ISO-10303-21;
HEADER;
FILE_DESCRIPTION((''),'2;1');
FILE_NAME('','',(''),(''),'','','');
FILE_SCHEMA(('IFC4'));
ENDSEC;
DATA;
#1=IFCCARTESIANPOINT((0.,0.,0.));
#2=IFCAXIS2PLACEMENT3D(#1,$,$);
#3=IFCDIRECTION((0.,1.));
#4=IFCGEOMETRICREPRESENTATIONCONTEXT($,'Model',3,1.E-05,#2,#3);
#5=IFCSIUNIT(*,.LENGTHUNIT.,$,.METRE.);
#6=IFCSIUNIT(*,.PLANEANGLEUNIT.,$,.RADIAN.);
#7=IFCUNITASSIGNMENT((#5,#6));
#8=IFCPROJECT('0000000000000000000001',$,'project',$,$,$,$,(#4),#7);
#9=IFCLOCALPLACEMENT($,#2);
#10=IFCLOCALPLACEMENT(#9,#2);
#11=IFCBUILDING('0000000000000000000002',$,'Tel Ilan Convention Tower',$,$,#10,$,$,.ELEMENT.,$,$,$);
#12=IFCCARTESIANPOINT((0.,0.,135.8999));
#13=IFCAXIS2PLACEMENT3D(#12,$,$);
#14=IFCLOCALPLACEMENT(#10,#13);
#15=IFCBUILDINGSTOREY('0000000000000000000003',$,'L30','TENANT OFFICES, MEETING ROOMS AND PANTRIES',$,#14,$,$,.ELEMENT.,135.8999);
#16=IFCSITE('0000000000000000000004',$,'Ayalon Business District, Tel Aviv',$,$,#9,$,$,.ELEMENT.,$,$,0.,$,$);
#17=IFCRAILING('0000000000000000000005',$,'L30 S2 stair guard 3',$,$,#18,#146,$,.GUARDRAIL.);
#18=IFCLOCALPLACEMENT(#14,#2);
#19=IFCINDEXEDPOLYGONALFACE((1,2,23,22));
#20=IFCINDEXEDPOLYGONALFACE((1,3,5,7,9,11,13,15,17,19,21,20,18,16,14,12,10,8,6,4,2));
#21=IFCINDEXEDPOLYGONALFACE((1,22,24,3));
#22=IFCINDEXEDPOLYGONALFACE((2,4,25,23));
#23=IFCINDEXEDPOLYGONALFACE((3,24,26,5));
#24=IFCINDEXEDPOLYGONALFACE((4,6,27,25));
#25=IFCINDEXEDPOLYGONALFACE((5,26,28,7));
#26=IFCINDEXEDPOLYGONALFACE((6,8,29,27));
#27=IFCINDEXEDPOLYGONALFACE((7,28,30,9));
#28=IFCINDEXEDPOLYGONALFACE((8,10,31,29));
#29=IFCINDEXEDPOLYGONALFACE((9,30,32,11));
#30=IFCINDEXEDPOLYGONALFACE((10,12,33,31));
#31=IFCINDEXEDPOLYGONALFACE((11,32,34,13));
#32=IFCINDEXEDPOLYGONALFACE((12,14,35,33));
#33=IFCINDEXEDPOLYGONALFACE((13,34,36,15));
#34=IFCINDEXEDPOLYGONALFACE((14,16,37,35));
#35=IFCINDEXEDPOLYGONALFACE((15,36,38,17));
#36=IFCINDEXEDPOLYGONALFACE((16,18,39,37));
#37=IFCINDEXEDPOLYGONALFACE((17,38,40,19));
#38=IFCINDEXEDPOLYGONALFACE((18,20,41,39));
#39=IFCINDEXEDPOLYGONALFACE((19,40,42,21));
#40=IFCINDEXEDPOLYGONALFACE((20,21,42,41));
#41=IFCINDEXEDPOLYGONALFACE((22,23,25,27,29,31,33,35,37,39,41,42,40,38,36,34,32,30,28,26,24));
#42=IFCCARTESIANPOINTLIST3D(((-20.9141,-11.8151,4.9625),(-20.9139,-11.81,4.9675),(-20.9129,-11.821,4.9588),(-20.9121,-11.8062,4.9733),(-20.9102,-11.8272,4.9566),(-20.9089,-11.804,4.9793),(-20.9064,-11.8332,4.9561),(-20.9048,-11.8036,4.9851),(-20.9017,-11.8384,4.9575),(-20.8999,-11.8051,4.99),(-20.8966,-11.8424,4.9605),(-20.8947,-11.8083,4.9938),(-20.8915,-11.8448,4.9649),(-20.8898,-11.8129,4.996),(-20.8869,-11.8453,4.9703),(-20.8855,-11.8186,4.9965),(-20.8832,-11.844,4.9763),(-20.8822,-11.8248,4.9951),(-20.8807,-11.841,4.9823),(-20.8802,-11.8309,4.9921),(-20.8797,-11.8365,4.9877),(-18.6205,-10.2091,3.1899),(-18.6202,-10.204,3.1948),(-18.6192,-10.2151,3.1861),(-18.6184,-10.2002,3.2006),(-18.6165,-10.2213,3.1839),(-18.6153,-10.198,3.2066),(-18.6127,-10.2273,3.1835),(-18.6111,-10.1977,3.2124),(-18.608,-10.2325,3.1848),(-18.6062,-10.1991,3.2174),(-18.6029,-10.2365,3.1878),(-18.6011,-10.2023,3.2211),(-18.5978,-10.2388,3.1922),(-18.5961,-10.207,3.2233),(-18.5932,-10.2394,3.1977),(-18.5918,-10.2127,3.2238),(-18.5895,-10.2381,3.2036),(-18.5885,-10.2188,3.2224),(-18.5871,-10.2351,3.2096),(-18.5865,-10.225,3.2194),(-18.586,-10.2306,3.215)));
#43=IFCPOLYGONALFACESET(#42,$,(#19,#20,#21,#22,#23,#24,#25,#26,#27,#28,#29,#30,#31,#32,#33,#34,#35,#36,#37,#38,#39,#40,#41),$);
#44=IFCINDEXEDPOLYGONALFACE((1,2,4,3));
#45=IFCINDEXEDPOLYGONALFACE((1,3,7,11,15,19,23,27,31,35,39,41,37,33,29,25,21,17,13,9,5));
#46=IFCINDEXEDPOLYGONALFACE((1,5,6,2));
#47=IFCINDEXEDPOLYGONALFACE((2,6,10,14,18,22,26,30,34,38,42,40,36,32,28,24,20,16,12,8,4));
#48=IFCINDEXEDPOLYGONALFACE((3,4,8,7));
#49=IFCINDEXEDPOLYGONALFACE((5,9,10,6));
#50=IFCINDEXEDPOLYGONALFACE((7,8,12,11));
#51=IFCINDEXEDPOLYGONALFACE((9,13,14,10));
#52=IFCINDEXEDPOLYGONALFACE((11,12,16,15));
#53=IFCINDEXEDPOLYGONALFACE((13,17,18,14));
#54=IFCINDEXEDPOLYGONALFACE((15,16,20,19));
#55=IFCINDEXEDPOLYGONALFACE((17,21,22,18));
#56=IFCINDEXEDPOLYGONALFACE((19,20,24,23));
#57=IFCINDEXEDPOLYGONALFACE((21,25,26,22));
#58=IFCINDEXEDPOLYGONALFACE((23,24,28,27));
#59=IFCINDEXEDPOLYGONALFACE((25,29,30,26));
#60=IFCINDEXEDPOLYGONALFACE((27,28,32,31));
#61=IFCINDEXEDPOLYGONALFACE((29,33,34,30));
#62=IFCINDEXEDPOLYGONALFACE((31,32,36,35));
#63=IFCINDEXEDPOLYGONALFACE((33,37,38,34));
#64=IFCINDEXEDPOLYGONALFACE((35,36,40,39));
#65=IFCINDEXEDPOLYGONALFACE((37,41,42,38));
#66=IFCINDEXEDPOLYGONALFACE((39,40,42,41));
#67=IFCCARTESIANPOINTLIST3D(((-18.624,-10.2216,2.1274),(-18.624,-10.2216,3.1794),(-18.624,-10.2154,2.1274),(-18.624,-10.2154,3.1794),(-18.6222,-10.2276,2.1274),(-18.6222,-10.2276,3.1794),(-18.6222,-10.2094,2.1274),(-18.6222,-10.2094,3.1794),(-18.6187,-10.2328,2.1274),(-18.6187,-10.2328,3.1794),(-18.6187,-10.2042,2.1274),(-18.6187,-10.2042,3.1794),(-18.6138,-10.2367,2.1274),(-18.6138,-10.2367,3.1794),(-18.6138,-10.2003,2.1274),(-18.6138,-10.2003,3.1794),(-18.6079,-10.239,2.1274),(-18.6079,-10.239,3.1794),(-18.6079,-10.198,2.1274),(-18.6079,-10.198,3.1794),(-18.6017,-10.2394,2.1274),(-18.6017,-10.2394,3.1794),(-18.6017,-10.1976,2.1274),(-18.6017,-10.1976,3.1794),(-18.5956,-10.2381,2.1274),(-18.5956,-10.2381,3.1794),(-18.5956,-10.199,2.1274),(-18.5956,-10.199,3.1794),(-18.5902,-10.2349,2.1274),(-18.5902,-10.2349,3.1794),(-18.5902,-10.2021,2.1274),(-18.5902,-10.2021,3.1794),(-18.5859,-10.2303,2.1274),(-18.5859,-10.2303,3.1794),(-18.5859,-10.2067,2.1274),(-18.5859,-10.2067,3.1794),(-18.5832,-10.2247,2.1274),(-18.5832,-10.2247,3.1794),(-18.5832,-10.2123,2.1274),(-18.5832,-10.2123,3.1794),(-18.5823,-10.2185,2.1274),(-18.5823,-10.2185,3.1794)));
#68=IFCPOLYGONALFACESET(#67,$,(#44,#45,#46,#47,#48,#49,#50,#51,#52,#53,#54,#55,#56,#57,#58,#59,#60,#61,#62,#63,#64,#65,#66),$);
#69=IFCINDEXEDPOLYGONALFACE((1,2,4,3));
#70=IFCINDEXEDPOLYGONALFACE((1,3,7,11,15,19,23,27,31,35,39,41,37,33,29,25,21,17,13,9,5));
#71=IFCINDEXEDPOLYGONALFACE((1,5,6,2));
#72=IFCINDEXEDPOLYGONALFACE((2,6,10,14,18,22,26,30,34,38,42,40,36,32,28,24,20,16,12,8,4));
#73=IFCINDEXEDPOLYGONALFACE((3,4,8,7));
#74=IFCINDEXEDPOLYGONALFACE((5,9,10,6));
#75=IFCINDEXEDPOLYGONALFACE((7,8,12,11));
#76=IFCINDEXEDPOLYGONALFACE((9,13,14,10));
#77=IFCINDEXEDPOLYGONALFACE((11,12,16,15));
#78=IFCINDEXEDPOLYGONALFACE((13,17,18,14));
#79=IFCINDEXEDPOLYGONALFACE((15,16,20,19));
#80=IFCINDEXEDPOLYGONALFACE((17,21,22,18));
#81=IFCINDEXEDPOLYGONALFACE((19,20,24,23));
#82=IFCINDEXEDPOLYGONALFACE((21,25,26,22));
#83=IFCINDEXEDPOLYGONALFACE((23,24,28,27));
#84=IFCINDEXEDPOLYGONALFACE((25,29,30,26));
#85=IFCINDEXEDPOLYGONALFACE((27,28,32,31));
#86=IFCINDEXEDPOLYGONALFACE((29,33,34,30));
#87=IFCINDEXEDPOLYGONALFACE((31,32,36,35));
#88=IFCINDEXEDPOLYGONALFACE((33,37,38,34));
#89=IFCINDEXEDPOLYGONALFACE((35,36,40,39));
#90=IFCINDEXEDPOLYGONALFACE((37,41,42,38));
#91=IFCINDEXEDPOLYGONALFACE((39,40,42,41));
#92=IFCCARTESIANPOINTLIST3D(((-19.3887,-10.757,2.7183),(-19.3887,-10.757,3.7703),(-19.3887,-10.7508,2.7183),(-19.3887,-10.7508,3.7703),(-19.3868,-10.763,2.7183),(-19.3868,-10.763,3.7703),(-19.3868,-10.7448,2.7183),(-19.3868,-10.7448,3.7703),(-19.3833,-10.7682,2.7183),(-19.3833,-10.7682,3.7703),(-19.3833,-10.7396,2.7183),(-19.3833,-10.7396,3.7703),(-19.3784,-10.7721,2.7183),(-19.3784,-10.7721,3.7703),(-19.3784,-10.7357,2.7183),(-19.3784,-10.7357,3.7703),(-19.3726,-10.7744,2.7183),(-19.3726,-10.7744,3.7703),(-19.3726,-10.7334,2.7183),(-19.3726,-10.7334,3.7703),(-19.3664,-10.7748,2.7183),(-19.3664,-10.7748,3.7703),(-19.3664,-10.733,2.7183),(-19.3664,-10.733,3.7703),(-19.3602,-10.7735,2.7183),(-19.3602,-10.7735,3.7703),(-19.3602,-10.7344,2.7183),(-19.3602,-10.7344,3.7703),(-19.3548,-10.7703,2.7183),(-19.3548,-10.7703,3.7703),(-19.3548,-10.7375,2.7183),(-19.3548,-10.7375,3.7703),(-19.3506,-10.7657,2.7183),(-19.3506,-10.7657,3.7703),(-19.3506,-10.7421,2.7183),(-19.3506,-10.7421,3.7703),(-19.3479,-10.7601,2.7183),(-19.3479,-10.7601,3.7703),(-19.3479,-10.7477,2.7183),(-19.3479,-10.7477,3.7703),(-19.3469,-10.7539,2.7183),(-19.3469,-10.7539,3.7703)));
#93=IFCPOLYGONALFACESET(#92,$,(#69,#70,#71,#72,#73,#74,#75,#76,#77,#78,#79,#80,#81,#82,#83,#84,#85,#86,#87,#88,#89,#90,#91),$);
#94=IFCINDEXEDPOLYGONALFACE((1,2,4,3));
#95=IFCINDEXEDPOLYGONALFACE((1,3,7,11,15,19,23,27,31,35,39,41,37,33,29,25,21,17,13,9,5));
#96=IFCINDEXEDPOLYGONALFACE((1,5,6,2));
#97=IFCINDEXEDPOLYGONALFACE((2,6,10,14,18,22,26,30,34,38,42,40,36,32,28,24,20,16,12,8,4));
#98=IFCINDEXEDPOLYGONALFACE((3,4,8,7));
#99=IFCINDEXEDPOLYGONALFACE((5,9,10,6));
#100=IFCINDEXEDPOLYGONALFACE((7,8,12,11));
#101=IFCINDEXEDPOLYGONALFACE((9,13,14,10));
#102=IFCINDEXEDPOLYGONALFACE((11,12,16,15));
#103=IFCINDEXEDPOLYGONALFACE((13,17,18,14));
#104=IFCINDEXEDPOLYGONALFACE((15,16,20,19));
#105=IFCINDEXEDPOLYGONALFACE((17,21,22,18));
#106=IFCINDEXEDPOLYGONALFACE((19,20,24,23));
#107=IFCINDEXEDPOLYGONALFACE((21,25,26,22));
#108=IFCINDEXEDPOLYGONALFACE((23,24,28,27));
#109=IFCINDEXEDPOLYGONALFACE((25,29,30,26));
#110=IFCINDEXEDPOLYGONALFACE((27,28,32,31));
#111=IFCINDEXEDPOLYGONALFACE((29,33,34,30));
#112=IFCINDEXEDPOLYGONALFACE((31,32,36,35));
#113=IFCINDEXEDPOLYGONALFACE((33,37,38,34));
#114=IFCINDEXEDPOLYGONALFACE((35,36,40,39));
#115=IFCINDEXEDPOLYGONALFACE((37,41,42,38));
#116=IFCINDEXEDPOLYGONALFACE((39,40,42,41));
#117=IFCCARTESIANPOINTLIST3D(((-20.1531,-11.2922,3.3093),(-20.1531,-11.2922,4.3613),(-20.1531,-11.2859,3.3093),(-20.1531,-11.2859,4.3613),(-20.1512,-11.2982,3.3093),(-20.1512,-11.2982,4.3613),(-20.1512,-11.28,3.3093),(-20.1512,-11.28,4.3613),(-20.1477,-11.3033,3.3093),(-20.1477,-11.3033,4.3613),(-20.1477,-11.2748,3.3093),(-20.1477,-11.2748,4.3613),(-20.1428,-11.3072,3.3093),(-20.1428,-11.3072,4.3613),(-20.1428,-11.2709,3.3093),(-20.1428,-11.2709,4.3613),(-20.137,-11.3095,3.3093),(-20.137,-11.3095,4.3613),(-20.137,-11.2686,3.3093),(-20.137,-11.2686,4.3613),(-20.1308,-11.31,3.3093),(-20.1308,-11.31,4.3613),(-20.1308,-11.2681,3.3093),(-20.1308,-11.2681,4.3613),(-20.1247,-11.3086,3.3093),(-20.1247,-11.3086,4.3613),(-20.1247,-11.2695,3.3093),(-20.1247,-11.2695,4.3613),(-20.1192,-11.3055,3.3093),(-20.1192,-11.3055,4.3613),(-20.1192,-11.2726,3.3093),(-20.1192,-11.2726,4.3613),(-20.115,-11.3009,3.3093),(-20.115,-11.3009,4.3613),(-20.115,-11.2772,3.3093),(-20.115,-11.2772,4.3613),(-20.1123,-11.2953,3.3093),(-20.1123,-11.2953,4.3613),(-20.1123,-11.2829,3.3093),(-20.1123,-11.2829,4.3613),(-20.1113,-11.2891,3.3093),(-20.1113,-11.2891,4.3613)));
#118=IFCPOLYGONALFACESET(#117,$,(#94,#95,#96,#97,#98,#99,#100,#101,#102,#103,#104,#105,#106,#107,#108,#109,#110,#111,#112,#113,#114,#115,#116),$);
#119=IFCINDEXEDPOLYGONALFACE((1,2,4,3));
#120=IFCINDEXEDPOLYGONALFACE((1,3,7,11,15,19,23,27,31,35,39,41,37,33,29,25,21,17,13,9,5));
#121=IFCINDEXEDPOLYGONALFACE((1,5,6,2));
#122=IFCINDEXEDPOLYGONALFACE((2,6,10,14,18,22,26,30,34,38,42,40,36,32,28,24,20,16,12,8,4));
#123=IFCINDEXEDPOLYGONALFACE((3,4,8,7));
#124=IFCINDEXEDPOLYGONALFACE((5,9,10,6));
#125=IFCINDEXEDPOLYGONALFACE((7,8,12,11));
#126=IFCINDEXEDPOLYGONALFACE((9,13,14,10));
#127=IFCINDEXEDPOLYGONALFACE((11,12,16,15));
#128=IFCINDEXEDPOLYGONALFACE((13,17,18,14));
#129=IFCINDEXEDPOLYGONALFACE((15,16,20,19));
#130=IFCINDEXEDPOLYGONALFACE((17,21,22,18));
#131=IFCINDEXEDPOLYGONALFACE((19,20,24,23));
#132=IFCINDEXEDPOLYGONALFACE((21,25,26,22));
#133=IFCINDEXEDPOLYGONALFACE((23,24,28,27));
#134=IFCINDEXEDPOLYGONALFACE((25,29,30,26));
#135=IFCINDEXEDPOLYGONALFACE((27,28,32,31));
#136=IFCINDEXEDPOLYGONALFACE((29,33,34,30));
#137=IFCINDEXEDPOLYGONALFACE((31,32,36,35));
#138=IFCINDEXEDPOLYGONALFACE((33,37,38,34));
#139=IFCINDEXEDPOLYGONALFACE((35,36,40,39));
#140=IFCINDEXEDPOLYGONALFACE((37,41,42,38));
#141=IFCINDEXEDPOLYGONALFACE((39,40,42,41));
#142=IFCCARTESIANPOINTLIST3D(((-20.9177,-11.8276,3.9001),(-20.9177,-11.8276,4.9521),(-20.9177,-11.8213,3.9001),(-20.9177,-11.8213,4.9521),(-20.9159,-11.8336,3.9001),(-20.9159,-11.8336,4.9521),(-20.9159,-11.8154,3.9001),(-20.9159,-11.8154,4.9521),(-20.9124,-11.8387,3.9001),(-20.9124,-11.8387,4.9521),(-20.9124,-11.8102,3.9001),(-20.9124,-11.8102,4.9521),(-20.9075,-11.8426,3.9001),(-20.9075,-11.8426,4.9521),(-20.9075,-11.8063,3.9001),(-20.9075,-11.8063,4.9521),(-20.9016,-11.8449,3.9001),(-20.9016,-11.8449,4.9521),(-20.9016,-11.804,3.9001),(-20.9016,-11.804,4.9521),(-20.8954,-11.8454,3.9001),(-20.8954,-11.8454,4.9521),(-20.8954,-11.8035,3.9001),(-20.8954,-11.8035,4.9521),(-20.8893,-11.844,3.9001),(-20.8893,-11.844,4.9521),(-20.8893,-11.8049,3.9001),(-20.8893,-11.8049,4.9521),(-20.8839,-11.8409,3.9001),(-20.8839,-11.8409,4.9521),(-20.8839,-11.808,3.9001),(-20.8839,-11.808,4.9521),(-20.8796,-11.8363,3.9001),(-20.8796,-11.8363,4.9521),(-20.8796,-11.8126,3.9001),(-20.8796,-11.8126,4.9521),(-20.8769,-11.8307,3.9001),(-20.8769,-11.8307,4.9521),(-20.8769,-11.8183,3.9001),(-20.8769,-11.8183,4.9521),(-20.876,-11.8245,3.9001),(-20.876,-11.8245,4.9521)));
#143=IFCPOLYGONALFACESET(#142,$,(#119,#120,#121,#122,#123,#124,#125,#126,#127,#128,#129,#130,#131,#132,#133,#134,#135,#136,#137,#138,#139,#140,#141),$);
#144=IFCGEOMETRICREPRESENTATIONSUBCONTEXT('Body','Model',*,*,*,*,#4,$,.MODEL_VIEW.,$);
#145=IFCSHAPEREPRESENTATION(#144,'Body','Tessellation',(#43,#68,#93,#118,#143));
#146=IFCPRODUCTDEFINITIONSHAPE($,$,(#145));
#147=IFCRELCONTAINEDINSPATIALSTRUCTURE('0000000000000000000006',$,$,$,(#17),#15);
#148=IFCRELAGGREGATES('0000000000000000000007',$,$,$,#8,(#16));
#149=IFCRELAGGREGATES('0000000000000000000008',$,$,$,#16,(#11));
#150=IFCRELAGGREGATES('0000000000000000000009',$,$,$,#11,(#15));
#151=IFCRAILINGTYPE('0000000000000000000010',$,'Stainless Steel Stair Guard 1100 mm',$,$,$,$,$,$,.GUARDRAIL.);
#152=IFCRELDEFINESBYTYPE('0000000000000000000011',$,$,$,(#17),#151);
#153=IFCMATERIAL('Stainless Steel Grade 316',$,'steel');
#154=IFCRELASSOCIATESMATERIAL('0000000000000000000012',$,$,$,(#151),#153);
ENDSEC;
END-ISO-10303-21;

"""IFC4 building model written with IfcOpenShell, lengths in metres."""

from ifc_helpers import new_model, si_unit, direction, frame, origin, origin_2d, place, context, subcontext, project, spatial, circle, extrude, material, type_object, element, save


model = new_model("IFC4")

# Units and contexts
model_context = context("Model", 3, precision=1e-05, world=origin(), true_north=direction((0.0, 1.0)))
body_context = subcontext(model_context, "Body", "Model", "MODEL_VIEW")
ifc_project = project(units=[si_unit("LENGTHUNIT", "METRE"), si_unit("PLANEANGLEUNIT", "RADIAN")], contexts=[model_context])

# Site, building, storey
site_placement = place(None, origin())
site = spatial("IfcSite", under=ifc_project, at=site_placement, Name="Ayalon Business District, Tel Aviv", CompositionType="ELEMENT", RefElevation=0.0)
building_placement = place(site_placement, origin())
building = spatial("IfcBuilding", under=site, at=building_placement, Name="Tel Ilan Convention Tower", CompositionType="ELEMENT")
storey_placement = place(building_placement, frame((0.0, 0.0, 135.8999)))
storey = spatial("IfcBuildingStorey", under=building, at=storey_placement, Name="L30", Description="TENANT OFFICES, MEETING ROOMS AND PANTRIES", CompositionType="ELEMENT", Elevation=135.8999)

# Railing
ifc_material_1 = material(Name="Stainless Steel Grade 316", Category="steel")
railing_type_1 = type_object("IfcRailingType", Name="Stainless Steel Stair Guard 1100 mm", PredefinedType="GUARDRAIL", material=ifc_material_1)
railing_1_placement = place(storey_placement, frame((-18.6033, -10.2185, 2.1274)))
element("IfcRailing", 1, at=railing_1_placement, inside=storey, type_object=railing_type_1, Name="L30 S2 stair guard 3", PredefinedType="GUARDRAIL", context=body_context, shape_type="SweptSolid", body=[
    extrude(circle(Radius=0.0239, at=origin_2d()), frame((0.0, 0.0, 1.0762), z_axis=(-0.692123, -0.484597, 0.534913), x_axis=(0.57355, -0.81917, 0.0)), (0.0, 0.0, 1.0), 3.314),
    extrude(circle(Radius=0.021, at=origin_2d()), origin(), (0.0, 0.0, 1.0), 1.052),
    extrude(circle(Radius=0.021, at=origin_2d()), frame((-0.7646, -0.5354, 0.5908)), (0.0, 0.0, 1.0), 1.052),
    extrude(circle(Radius=0.021, at=origin_2d()), frame((-1.5291, -1.0706, 1.1819)), (0.0, 0.0, 1.0), 1.052),
    extrude(circle(Radius=0.021, at=origin_2d()), frame((-2.2937, -1.606, 1.7727)), (0.0, 0.0, 1.0), 1.052),
])

save(model, "model.ifc")
